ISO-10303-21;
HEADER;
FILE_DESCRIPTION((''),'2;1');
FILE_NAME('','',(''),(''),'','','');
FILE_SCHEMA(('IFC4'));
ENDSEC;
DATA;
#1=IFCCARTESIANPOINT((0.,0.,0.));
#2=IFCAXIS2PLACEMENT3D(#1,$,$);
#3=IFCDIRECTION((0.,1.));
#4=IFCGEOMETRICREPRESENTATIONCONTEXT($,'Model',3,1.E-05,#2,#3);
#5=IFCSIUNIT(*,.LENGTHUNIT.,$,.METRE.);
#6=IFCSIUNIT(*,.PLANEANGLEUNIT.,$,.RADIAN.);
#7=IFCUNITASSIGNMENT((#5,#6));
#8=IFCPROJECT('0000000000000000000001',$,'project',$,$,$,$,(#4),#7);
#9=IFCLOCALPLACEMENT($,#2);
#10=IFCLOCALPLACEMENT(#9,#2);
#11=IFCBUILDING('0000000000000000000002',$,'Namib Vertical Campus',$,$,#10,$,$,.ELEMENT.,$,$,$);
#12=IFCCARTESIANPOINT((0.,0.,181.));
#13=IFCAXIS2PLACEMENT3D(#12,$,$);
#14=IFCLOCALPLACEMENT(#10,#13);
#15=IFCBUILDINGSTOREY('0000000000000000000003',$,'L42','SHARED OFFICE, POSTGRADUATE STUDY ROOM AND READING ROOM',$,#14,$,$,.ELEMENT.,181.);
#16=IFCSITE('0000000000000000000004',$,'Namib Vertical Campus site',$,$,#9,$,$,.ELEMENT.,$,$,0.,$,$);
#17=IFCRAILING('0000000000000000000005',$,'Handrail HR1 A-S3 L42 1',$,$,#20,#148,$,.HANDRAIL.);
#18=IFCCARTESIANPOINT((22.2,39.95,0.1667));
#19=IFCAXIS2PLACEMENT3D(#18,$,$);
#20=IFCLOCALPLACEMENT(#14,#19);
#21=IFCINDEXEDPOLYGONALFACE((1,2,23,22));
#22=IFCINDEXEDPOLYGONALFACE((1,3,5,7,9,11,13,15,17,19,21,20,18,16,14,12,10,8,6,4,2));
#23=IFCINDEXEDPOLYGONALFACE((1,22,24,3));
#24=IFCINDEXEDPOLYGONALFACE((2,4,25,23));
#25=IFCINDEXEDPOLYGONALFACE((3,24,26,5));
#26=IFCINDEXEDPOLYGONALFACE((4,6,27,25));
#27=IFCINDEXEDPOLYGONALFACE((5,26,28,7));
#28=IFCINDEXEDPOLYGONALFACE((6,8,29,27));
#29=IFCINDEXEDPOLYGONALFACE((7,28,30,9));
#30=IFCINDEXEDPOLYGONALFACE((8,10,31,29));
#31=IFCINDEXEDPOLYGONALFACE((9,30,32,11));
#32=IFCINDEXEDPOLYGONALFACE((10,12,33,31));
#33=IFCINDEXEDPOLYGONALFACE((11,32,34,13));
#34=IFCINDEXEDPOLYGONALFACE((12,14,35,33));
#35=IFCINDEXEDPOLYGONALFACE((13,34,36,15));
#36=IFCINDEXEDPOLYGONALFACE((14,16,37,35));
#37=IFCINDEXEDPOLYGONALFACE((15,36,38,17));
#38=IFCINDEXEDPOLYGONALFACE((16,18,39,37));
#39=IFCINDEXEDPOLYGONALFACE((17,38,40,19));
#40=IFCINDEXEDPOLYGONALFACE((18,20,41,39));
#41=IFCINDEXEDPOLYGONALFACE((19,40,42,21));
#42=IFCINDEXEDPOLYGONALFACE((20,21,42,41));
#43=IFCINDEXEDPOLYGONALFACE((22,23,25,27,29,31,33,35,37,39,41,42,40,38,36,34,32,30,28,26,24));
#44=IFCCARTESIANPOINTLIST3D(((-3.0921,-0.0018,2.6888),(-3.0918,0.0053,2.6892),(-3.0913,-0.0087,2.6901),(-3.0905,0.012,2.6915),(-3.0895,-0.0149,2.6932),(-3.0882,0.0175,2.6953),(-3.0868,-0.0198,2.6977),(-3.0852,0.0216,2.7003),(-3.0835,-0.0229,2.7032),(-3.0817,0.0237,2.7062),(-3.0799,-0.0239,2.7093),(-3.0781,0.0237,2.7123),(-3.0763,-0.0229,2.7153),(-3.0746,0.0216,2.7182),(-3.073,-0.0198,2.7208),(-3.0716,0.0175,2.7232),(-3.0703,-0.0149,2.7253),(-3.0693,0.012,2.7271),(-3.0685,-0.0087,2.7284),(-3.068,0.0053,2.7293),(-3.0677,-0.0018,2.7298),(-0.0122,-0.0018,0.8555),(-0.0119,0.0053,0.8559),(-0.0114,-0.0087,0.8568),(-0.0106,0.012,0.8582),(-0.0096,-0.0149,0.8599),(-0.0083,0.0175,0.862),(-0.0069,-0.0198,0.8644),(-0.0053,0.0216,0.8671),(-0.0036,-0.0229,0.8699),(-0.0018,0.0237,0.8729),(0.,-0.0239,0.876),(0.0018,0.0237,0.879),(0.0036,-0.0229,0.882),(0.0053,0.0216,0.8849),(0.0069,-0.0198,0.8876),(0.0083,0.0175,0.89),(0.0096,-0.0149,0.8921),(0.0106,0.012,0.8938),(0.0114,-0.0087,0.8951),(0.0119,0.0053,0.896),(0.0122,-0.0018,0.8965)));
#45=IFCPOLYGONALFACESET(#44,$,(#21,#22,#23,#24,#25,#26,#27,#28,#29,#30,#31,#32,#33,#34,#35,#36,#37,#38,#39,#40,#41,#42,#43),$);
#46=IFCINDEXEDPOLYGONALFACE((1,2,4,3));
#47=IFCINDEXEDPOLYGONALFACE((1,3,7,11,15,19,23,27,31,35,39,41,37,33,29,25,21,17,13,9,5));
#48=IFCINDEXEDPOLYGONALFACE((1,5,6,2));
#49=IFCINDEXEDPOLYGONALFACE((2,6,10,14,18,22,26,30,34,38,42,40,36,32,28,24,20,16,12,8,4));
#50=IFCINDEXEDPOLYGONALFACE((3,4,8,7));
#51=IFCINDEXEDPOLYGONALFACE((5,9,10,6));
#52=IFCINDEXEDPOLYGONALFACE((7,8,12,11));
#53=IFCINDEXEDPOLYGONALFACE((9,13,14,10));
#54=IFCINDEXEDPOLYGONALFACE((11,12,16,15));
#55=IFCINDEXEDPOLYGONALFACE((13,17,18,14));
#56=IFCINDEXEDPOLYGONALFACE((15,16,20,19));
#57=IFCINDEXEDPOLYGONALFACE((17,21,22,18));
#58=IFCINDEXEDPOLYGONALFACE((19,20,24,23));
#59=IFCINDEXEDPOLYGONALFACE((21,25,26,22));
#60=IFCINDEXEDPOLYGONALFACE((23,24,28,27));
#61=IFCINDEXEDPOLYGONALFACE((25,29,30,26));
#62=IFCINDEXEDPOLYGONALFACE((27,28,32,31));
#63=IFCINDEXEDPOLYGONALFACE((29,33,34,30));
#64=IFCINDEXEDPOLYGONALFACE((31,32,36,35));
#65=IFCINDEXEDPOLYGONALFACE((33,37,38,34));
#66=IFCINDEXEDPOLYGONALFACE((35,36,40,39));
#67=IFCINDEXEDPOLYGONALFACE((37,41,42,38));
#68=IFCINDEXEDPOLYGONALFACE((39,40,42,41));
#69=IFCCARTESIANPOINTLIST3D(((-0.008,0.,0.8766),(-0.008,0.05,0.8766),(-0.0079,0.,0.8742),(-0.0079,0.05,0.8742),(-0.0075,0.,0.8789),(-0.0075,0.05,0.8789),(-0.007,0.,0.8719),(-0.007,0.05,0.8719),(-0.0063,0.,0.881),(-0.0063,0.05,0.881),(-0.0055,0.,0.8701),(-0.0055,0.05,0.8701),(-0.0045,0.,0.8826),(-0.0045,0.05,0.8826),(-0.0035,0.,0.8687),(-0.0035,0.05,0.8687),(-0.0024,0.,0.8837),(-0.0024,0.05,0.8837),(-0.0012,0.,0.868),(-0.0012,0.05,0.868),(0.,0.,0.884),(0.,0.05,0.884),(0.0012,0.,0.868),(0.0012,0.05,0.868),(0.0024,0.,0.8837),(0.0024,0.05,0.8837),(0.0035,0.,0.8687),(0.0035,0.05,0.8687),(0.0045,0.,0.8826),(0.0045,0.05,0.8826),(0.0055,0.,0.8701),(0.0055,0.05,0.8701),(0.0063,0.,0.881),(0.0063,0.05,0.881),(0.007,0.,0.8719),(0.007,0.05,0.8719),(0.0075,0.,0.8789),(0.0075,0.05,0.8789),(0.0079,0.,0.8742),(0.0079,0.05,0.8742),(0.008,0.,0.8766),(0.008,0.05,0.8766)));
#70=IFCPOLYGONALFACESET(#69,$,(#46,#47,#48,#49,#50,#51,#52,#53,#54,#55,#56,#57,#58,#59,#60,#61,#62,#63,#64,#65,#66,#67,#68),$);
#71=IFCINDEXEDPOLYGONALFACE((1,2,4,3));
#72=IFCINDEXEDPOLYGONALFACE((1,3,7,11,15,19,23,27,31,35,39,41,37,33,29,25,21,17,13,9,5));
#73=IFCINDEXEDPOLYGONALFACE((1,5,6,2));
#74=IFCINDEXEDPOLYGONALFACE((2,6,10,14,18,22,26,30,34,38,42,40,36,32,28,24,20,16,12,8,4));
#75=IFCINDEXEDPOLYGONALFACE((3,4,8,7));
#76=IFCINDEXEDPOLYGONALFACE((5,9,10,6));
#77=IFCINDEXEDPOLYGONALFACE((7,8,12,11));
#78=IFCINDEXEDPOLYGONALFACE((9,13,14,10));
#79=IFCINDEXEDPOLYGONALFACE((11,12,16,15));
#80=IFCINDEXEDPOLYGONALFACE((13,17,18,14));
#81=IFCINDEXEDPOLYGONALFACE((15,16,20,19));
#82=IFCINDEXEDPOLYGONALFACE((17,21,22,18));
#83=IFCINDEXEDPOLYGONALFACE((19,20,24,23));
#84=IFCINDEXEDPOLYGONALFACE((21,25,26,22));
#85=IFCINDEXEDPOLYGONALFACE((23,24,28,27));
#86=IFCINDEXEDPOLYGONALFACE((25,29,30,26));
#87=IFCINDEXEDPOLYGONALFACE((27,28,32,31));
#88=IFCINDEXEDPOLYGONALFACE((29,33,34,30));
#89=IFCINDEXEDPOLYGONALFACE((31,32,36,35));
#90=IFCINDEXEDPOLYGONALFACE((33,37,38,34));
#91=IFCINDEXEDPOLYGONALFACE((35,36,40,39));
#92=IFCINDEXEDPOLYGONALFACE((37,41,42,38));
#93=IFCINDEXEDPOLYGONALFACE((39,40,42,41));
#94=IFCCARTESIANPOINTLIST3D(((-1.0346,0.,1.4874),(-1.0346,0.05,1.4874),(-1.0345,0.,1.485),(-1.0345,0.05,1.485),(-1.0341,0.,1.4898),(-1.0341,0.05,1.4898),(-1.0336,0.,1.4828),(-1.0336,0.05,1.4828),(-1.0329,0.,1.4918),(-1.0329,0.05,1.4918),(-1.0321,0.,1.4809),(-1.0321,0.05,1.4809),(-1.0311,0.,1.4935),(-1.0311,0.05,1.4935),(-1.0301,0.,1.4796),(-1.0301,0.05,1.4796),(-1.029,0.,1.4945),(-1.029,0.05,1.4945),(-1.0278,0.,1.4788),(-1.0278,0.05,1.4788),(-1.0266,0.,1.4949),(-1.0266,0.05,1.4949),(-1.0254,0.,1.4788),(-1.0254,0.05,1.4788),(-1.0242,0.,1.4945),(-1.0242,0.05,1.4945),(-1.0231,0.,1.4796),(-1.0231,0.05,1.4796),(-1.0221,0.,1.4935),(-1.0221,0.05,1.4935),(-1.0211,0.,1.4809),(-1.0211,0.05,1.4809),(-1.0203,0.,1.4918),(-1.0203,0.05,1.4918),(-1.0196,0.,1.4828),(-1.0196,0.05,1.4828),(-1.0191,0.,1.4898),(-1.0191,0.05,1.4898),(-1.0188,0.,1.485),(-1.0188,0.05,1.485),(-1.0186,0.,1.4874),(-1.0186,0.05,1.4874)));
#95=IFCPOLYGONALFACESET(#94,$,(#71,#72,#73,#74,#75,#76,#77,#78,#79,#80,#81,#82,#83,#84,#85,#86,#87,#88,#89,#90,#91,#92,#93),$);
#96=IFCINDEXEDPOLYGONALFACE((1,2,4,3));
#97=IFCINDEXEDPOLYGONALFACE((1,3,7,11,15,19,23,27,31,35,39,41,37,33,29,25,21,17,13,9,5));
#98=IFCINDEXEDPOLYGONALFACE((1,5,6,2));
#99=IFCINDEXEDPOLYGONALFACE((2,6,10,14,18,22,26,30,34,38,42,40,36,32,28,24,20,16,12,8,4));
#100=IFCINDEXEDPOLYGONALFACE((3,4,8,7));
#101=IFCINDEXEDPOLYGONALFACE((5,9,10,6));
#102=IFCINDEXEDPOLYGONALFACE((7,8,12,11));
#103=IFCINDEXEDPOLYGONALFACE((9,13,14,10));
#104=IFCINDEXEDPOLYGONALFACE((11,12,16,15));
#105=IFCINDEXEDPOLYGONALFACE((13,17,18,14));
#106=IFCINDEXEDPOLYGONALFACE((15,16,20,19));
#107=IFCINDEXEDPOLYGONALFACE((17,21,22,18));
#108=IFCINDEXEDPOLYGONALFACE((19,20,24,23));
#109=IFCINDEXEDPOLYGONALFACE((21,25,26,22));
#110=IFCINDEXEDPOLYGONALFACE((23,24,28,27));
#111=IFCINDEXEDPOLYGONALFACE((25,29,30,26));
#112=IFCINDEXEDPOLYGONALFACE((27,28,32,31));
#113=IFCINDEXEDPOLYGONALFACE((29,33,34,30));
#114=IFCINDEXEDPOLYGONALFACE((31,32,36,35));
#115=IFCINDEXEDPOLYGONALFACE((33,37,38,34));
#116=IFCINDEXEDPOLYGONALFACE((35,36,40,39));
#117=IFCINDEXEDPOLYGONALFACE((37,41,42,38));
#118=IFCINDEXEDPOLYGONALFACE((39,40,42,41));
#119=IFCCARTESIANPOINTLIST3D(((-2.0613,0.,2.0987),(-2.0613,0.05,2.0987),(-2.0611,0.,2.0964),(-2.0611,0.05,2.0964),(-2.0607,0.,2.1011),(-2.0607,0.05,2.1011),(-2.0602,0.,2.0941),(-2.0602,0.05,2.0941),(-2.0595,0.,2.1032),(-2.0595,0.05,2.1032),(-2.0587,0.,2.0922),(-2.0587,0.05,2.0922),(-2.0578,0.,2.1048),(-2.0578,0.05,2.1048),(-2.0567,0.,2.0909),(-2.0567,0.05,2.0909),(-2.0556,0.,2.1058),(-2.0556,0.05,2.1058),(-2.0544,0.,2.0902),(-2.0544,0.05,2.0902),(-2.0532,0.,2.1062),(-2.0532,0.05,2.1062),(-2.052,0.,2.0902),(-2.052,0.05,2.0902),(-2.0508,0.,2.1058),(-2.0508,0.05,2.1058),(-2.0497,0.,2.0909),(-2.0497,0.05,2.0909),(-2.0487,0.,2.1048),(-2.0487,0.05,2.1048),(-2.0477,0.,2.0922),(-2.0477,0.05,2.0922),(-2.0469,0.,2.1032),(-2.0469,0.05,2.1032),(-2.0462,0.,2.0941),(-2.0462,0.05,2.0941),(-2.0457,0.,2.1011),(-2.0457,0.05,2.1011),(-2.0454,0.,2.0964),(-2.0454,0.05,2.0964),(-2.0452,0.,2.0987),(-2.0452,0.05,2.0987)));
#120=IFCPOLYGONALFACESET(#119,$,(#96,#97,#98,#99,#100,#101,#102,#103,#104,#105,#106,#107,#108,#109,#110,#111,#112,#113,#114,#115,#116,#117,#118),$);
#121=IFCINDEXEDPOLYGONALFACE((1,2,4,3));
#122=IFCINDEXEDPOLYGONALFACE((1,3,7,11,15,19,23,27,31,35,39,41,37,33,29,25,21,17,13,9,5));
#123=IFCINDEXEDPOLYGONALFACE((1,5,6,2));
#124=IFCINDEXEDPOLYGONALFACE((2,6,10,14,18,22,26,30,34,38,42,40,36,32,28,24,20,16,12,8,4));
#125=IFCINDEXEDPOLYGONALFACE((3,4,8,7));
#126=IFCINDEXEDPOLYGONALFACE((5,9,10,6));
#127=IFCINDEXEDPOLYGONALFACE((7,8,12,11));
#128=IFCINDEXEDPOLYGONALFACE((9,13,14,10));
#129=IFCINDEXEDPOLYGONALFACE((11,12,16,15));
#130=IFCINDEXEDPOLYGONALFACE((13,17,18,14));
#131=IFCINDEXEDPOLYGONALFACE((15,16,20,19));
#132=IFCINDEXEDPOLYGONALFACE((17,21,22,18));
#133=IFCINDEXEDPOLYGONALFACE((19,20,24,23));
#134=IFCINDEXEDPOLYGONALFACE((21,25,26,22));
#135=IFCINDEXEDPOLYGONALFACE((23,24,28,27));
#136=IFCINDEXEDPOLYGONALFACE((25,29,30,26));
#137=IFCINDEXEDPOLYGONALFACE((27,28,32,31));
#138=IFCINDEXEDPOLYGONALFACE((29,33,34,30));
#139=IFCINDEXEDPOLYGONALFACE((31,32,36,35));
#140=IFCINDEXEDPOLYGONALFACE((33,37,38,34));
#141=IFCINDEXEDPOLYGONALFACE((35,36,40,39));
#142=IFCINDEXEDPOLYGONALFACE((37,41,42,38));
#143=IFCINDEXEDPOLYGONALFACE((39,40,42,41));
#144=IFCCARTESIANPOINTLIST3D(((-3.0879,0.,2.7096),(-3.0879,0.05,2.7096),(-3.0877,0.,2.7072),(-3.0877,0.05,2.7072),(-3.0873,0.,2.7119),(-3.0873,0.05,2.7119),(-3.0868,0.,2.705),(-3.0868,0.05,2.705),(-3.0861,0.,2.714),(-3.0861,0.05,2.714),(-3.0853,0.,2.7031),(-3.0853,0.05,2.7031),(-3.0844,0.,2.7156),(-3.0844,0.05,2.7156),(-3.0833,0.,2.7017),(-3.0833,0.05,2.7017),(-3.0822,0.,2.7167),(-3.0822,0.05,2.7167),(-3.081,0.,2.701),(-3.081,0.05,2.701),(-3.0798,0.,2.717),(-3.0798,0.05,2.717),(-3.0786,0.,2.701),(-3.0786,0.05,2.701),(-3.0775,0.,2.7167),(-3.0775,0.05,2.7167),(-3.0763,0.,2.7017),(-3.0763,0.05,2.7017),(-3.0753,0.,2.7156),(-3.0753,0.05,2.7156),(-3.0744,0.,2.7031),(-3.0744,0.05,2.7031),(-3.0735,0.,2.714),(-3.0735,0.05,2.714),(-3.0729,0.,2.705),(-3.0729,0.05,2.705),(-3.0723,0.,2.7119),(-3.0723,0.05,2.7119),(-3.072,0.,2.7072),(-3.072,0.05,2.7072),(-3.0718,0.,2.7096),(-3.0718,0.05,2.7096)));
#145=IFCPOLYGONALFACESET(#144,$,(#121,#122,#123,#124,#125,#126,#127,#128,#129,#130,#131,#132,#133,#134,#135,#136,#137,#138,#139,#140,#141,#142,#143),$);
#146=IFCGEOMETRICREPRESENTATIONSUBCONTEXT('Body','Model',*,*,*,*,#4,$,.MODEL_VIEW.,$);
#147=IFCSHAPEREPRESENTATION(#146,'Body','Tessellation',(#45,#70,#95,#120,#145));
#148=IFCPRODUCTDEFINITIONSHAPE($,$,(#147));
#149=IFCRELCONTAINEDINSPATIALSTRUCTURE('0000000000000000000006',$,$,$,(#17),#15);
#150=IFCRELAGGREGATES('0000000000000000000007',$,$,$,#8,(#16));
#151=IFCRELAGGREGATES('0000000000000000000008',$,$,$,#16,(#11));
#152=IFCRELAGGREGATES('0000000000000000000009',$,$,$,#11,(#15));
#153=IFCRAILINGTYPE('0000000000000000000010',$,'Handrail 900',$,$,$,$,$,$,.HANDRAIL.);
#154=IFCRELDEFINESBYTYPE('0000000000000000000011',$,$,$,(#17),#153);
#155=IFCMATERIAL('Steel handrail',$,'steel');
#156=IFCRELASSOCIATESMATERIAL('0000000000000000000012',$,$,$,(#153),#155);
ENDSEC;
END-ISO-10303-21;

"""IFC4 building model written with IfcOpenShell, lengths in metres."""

from ifc_helpers import new_model, si_unit, direction, frame, origin, origin_2d, place, context, subcontext, project, spatial, circle, extrude, material, type_object, element, save


model = new_model("IFC4")

# Units and contexts
model_context = context("Model", 3, precision=1e-05, world=origin(), true_north=direction((0.0, 1.0)))
body_context = subcontext(model_context, "Body", "Model", "MODEL_VIEW")
ifc_project = project(units=[si_unit("LENGTHUNIT", "METRE"), si_unit("PLANEANGLEUNIT", "RADIAN")], contexts=[model_context])

# Site, building, storey
site_placement = place(None, origin())
site = spatial("IfcSite", under=ifc_project, at=site_placement, Name="Namib Vertical Campus site", CompositionType="ELEMENT", RefElevation=0.0)
building_placement = place(site_placement, origin())
building = spatial("IfcBuilding", under=site, at=building_placement, Name="Namib Vertical Campus", CompositionType="ELEMENT")
storey_placement = place(building_placement, frame((0.0, 0.0, 181.0)))
storey = spatial("IfcBuildingStorey", under=building, at=storey_placement, Name="L42", Description="SHARED OFFICE, POSTGRADUATE STUDY ROOM AND READING ROOM", CompositionType="ELEMENT", Elevation=181.0)

# Railing
ifc_material_1 = material(Name="Steel handrail", Category="steel")
railing_type_1 = type_object("IfcRailingType", Name="Handrail 900", PredefinedType="HANDRAIL", material=ifc_material_1)
railing_1_placement = place(storey_placement, frame((22.2, 39.95, 0.1667)))
element("IfcRailing", 1, at=railing_1_placement, inside=storey, type_object=railing_type_1, Name="Handrail HR1 A-S3 L42 1", PredefinedType="HANDRAIL", context=body_context, shape_type="SweptSolid", body=[
    extrude(circle(Radius=0.0239, at=origin_2d()), frame((0.0, 0.0, 0.876), z_axis=(-0.859291, 0.0, 0.511487), x_axis=(0.0, -1.0, 0.0)), (0.0, 0.0, 1.0), 3.5842),
    extrude(circle(Radius=0.0081, at=origin_2d()), frame((0.0, 0.0, 0.876), z_axis=(0.0, 1.0, 0.0), x_axis=(0.0, 0.0, 1.0)), (0.0, 0.0, 1.0), 0.05),
    extrude(circle(Radius=0.0081, at=origin_2d()), frame((-1.0266, 0.0, 1.4868), z_axis=(0.0, 1.0, 0.0), x_axis=(0.0, 0.0, 1.0)), (0.0, 0.0, 1.0), 0.05),
    extrude(circle(Radius=0.0081, at=origin_2d()), frame((-2.0532, 0.0, 2.0981), z_axis=(0.0, 1.0, 0.0), x_axis=(0.0, 0.0, 1.0)), (0.0, 0.0, 1.0), 0.05),
    extrude(circle(Radius=0.0081, at=origin_2d()), frame((-3.0798, 0.0, 2.709), z_axis=(0.0, 1.0, 0.0), x_axis=(0.0, 0.0, 1.0)), (0.0, 0.0, 1.0), 0.05),
])

save(model, "model.ifc")
